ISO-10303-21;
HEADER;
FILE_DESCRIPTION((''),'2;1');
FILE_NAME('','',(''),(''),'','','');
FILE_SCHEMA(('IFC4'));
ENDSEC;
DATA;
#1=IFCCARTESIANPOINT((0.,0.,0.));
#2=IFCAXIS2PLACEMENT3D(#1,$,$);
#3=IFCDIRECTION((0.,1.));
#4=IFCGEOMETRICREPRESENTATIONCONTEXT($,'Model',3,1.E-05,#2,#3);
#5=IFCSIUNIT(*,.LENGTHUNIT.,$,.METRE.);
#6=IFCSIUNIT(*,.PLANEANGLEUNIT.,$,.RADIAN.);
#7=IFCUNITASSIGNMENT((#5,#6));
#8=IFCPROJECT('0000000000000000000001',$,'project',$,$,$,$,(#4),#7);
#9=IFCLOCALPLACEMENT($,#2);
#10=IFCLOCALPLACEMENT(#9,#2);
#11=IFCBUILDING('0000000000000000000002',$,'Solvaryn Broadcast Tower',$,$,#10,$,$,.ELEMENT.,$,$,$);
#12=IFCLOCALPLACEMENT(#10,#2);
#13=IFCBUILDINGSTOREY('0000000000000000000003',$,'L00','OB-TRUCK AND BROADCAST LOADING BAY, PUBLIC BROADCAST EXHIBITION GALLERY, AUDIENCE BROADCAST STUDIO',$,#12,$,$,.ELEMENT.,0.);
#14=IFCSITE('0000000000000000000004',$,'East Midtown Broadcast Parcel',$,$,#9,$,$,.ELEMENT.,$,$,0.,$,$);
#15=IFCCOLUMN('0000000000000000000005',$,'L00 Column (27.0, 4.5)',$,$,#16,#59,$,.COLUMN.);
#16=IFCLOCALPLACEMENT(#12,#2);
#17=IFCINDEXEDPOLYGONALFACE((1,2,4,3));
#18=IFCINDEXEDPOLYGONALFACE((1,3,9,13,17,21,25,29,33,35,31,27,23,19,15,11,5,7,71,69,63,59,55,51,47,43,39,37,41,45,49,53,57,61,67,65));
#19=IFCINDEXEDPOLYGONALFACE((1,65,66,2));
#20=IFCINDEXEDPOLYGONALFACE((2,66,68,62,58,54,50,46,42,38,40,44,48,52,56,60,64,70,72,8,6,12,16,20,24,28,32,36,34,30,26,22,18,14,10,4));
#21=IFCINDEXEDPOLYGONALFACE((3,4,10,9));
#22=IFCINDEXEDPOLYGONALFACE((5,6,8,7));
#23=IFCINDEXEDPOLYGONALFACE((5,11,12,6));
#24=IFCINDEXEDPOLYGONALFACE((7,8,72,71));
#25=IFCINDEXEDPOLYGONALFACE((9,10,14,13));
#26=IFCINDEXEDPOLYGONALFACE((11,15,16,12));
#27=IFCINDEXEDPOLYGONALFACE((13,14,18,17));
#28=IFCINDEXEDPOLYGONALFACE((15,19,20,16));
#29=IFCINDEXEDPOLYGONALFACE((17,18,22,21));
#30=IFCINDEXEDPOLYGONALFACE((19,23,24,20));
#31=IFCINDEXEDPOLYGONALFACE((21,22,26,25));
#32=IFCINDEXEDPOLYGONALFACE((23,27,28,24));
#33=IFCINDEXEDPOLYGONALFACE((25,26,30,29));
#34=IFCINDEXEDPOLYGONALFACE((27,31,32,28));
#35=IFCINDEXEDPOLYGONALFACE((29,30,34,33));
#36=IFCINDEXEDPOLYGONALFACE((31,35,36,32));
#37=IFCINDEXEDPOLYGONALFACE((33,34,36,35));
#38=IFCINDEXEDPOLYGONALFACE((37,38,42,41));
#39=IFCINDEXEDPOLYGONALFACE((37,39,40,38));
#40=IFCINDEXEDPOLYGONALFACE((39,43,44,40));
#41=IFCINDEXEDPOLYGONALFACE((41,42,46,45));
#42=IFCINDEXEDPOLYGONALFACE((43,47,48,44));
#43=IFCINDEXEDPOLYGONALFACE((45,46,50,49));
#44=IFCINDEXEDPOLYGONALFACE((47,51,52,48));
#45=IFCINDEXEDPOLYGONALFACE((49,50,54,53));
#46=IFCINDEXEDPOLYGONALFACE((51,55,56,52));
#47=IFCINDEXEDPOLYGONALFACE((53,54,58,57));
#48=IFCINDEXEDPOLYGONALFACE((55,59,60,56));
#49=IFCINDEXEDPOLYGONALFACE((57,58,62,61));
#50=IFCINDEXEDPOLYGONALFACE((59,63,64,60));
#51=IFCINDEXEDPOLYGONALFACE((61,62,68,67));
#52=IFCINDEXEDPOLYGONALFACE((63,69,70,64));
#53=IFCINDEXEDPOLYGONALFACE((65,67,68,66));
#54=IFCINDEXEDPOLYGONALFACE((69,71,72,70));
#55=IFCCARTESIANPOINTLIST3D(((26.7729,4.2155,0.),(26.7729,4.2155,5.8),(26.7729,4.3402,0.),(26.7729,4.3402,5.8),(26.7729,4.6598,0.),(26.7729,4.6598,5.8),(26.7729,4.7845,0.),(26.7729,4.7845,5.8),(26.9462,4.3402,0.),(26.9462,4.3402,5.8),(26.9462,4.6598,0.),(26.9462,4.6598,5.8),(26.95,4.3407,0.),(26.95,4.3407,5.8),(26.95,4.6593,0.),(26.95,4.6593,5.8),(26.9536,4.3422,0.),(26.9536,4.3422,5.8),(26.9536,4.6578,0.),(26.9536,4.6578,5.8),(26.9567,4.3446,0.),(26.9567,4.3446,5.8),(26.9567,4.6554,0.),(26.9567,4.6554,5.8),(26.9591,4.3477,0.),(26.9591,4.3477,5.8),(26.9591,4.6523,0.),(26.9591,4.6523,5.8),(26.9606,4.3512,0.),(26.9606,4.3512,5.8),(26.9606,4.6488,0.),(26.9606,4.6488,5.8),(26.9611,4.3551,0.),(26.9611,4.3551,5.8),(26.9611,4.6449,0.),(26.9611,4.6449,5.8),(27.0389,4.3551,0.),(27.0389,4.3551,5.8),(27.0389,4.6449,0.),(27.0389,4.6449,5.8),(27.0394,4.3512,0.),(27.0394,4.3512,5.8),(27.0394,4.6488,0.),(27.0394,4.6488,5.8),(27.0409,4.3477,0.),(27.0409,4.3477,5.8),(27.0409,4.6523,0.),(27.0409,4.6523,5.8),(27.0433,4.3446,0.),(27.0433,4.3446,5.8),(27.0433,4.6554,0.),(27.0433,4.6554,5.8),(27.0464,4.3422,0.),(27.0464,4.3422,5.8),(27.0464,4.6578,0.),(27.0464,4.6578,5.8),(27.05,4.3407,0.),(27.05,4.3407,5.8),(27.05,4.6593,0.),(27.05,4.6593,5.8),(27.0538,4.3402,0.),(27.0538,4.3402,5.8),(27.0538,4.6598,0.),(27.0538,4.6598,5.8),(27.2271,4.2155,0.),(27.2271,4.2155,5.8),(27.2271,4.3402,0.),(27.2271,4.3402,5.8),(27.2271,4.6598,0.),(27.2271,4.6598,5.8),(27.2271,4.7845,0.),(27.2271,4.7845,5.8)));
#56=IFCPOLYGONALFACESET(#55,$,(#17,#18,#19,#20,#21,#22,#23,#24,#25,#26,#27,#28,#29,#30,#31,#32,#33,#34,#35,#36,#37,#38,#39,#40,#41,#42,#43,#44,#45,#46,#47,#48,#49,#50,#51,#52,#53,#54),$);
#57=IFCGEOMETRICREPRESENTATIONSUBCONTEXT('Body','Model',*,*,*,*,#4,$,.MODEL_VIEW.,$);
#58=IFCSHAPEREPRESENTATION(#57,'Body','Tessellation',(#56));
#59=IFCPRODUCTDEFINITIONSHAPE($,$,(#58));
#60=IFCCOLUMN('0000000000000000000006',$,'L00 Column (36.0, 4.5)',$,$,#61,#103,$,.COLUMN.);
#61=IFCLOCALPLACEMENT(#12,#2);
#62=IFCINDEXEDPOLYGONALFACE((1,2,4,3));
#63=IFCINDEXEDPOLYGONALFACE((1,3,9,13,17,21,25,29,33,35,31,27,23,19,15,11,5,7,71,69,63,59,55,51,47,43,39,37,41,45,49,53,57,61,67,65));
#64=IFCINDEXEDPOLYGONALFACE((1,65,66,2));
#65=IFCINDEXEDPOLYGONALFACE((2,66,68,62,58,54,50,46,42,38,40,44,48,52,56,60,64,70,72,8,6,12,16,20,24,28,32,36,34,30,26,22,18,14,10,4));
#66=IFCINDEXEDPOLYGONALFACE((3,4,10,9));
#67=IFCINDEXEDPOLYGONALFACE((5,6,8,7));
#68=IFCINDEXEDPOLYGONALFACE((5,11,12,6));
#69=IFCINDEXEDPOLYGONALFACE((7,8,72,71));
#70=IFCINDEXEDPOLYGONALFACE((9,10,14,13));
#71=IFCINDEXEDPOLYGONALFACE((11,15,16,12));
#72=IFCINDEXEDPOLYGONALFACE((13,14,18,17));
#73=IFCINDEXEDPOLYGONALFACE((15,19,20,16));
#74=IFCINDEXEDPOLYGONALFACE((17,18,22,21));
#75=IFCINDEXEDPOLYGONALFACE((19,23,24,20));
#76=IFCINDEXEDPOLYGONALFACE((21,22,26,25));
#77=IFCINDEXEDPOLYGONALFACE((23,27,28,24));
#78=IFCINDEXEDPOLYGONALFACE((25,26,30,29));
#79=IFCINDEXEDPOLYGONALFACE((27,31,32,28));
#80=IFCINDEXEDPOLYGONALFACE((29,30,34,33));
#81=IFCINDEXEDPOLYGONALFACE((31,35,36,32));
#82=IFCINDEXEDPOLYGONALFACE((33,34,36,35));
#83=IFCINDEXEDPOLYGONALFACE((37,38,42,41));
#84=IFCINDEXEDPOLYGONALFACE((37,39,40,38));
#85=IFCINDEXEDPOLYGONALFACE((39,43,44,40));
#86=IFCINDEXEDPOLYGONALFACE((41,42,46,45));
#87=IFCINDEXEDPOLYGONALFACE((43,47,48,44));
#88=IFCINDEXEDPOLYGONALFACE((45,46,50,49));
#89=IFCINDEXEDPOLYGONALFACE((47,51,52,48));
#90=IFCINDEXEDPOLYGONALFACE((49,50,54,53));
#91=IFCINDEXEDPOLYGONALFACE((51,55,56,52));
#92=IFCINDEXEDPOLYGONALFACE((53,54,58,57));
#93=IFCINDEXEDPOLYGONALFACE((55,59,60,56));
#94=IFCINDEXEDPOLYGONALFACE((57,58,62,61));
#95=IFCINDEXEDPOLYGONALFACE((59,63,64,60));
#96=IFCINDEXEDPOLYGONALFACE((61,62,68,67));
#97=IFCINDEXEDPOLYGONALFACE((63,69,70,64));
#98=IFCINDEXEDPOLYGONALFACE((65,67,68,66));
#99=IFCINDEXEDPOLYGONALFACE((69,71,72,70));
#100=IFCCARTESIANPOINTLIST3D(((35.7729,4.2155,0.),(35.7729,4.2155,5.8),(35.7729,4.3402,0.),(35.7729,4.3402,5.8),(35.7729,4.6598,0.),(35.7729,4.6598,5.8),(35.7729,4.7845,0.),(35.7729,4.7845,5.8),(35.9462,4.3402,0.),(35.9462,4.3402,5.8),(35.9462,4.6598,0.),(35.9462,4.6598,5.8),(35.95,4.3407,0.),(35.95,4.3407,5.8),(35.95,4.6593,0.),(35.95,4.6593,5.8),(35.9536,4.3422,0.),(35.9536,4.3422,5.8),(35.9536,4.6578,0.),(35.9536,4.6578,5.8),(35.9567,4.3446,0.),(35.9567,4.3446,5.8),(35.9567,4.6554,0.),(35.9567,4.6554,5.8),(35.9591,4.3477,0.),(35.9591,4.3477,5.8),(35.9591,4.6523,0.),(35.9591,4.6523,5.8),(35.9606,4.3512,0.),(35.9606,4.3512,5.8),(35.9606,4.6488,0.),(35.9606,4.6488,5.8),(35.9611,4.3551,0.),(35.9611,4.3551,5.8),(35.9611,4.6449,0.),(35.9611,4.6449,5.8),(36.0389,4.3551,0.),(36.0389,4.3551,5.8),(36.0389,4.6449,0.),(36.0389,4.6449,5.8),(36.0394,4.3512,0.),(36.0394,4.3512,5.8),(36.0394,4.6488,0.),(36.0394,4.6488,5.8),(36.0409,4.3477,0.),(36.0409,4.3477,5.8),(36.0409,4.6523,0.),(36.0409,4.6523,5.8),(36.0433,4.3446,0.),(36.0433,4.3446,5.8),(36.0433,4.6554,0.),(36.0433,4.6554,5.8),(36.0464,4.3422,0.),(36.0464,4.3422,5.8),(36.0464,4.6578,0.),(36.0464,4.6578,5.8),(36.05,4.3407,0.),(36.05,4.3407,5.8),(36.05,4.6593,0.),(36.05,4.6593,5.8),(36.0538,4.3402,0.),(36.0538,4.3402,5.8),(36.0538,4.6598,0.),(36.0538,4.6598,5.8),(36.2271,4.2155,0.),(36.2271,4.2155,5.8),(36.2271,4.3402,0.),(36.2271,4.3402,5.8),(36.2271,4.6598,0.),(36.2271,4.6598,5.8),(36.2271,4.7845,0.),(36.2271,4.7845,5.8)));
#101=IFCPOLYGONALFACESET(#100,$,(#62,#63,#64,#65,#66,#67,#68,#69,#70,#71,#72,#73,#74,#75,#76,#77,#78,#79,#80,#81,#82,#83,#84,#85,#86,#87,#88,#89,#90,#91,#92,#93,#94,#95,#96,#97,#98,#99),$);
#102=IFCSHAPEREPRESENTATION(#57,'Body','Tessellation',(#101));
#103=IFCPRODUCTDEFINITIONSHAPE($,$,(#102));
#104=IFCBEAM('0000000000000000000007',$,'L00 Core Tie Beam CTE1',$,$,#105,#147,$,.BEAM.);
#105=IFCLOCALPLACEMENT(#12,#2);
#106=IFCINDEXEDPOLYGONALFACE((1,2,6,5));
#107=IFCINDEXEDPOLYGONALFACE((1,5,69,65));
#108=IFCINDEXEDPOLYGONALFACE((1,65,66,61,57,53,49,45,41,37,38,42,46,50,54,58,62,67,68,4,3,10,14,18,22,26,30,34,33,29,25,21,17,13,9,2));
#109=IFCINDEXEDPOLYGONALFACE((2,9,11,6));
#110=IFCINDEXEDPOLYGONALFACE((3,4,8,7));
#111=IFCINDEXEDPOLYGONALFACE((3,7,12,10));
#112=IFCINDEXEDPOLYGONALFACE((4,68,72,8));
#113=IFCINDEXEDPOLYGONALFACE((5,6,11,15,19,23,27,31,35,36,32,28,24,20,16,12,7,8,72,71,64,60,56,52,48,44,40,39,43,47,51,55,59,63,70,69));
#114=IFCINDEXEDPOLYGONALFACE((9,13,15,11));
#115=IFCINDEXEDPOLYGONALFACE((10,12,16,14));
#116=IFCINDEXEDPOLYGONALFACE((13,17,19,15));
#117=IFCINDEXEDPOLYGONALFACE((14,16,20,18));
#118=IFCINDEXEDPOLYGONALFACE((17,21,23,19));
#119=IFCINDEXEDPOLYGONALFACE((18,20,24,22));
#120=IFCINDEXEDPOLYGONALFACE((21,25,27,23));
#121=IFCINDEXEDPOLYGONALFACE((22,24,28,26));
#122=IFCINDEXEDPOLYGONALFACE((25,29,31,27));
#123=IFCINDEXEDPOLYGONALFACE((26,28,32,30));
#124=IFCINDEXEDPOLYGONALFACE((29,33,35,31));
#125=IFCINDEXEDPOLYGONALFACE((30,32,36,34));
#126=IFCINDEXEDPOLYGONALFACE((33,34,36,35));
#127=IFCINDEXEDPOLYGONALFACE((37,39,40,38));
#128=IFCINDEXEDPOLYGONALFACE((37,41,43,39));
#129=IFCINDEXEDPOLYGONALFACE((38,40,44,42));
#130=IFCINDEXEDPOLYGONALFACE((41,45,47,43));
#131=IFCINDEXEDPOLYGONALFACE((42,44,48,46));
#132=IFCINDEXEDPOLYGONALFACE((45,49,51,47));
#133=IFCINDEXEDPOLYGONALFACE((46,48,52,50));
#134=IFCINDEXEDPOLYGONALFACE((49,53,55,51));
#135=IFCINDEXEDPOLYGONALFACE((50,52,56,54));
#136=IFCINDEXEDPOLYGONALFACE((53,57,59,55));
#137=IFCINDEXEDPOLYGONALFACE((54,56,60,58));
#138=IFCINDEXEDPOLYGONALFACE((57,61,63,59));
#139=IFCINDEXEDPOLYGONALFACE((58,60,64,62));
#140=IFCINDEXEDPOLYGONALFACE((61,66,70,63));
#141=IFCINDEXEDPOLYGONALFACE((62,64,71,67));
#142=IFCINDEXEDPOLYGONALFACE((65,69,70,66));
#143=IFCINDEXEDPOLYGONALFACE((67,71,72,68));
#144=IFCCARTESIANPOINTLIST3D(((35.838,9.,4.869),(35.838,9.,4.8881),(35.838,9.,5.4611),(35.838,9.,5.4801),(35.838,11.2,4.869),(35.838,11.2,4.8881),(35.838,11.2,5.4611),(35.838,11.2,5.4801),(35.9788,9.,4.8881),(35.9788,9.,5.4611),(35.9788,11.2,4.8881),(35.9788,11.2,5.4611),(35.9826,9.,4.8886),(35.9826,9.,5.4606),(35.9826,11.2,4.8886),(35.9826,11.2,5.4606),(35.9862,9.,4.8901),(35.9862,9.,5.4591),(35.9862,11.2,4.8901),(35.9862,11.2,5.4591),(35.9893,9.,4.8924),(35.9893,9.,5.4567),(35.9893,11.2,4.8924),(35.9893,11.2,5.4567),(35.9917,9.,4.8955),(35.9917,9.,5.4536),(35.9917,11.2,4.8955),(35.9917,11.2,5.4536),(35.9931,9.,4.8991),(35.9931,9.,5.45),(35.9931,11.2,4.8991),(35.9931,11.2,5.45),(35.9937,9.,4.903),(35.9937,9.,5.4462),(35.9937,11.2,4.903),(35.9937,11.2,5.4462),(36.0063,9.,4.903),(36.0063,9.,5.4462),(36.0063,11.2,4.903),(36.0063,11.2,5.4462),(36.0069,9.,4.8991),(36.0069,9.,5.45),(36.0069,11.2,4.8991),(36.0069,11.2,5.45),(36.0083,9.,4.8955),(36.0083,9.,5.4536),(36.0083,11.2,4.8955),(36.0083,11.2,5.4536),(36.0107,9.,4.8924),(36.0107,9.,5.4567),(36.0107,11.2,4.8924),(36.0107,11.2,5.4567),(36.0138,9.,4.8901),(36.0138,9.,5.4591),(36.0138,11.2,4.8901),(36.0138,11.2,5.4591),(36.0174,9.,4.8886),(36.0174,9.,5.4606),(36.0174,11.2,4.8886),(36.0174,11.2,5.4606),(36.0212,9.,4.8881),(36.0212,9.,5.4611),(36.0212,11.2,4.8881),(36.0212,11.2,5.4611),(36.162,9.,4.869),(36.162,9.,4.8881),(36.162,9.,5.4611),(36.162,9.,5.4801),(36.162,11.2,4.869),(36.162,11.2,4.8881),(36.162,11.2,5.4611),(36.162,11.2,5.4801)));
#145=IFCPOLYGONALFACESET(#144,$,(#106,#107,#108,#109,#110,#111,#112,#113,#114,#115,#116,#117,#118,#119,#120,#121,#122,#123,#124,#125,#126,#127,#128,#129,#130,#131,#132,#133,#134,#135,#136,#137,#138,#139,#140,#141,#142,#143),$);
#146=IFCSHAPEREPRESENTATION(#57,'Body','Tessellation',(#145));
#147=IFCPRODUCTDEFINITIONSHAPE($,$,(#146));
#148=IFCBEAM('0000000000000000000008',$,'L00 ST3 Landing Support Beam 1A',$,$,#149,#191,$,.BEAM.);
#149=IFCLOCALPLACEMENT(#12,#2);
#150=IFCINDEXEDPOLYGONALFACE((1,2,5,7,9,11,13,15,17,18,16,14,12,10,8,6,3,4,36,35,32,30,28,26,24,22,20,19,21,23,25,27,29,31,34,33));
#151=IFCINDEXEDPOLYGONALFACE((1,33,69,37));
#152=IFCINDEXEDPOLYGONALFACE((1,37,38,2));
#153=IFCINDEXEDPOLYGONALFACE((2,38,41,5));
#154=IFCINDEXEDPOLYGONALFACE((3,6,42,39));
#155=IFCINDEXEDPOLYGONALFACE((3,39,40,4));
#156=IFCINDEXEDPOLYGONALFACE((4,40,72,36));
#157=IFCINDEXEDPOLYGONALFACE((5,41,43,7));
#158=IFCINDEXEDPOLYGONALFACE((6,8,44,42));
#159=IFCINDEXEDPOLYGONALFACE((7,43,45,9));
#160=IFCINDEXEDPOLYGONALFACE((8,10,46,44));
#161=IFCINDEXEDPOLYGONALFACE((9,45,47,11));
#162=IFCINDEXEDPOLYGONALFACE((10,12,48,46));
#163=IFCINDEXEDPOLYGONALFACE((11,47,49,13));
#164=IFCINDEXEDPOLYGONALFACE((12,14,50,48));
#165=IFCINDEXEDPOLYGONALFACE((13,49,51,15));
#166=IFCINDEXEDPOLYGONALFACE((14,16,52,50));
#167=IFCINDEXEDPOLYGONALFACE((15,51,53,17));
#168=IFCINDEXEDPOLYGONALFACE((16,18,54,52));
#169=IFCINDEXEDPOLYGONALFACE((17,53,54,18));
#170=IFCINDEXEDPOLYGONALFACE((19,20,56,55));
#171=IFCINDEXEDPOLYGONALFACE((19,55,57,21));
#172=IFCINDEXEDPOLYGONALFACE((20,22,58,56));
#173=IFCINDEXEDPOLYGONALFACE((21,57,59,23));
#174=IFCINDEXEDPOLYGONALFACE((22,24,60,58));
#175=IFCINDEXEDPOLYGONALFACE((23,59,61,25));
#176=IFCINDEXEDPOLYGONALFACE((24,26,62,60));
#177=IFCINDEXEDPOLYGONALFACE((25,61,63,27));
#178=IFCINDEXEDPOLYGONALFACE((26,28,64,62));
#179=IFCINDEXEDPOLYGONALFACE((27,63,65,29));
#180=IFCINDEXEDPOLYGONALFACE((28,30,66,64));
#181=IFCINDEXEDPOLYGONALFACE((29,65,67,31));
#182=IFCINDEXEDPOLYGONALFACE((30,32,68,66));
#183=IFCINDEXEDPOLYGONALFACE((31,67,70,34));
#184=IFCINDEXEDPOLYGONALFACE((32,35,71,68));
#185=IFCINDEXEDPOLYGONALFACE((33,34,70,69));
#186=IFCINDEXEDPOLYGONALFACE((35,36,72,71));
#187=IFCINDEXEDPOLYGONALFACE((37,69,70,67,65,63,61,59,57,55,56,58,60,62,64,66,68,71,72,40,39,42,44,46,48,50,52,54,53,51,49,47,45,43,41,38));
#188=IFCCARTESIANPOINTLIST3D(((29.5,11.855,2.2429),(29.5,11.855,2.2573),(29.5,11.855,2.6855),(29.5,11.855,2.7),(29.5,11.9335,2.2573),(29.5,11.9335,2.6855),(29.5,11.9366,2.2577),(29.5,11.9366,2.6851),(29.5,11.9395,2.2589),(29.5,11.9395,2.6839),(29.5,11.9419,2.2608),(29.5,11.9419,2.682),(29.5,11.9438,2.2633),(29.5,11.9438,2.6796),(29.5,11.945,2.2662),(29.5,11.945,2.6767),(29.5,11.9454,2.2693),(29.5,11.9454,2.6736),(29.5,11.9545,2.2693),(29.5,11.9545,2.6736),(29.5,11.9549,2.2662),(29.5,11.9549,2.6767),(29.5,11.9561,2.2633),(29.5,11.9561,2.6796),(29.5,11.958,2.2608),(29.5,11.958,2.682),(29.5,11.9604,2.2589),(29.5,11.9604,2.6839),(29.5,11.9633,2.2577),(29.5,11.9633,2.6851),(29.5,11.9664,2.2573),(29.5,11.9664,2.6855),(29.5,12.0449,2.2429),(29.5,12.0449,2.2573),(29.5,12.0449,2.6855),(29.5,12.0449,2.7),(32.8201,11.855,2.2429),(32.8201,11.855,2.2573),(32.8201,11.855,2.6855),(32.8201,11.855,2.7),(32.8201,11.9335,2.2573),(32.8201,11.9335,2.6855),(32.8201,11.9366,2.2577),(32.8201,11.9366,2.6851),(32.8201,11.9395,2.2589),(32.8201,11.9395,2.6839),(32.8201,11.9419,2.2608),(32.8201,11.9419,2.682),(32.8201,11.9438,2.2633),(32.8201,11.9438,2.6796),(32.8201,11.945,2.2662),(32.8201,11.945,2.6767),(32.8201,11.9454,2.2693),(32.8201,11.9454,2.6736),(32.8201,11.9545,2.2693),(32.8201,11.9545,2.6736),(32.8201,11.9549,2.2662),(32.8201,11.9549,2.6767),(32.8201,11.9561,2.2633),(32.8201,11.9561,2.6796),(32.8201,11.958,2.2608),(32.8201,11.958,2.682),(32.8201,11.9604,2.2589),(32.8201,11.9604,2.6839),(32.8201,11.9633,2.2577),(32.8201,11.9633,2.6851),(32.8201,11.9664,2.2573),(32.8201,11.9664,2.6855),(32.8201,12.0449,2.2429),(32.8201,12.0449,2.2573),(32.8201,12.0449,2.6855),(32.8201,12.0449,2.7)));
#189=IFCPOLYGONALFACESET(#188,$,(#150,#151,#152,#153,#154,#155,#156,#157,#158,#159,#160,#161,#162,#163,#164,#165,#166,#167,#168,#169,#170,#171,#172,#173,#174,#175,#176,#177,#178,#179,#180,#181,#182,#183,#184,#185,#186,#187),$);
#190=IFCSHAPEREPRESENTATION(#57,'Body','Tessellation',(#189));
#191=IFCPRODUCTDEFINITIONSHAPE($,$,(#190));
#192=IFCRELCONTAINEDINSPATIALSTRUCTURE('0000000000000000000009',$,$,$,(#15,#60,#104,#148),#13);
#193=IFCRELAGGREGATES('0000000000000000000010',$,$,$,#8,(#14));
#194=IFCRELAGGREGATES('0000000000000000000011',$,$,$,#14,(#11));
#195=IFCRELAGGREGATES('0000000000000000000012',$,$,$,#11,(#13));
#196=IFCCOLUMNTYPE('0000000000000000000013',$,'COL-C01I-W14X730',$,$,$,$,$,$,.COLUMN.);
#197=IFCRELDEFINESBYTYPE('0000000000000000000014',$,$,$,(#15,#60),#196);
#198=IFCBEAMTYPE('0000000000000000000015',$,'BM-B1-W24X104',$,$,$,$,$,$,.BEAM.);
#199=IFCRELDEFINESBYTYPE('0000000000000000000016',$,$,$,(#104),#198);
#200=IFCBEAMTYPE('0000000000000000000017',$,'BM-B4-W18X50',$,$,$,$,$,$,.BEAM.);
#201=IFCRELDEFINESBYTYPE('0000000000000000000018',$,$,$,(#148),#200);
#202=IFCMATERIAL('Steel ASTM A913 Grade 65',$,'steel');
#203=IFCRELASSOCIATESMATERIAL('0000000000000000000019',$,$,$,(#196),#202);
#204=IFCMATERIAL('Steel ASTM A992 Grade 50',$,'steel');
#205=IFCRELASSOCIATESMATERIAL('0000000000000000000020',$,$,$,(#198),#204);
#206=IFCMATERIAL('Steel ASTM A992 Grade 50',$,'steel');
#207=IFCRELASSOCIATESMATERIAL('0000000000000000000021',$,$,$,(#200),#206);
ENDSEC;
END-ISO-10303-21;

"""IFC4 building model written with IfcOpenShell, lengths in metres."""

from ifc_helpers import new_model, si_unit, direction, frame, origin, origin_2d, place, context, subcontext, project, spatial, i_section, extrude, material, material_profile, profile_set, type_object, element, save


model = new_model("IFC4")

# Units and contexts
model_context = context("Model", 3, precision=1e-05, world=origin(), true_north=direction((0.0, 1.0)))
body_context = subcontext(model_context, "Body", "Model", "MODEL_VIEW")
ifc_project = project(units=[si_unit("LENGTHUNIT", "METRE"), si_unit("PLANEANGLEUNIT", "RADIAN")], contexts=[model_context])

# Site, building, storey
site_placement = place(None, origin())
site = spatial("IfcSite", under=ifc_project, at=site_placement, Name="East Midtown Broadcast Parcel", CompositionType="ELEMENT", RefElevation=0.0)
building_placement = place(site_placement, origin())
building = spatial("IfcBuilding", under=site, at=building_placement, Name="Solvaryn Broadcast Tower", CompositionType="ELEMENT")
storey_placement = place(building_placement, origin())
storey = spatial("IfcBuildingStorey", under=building, at=storey_placement, Name="L00", Description="OB-TRUCK AND BROADCAST LOADING BAY, PUBLIC BROADCAST EXHIBITION GALLERY, AUDIENCE BROADCAST STUDIO", CompositionType="ELEMENT", Elevation=0.0)

# Columns
ifc_material_1 = material(Name="Steel ASTM A913 Grade 65", Category="steel")
ifc_material_profile_1 = material_profile(ifc_material_1, i_section(OverallWidth=0.4541, OverallDepth=0.5691, WebThickness=0.0779, FlangeThickness=0.1248, FilletRadius=0.0149, at=origin_2d()))
ifc_profile_set_1 = profile_set([ifc_material_profile_1], Name="Steel ASTM A913 Grade 65")
column_type_1 = type_object("IfcColumnType", Name="COL-C01I-W14X730", PredefinedType="COLUMN", material=ifc_profile_set_1)
for number, where, z_axis, x_axis, name in (
    (1, (27.0, 4.5, 0.0), (0.0, 0.0, 1.0), (1.0, 0.0, 0.0), "L00 Column (27.0, 4.5)"),
    (2, (36.0, 4.5, 0.0), (0.0, 0.0, 1.0), (1.0, 0.0, 0.0), "L00 Column (36.0, 4.5)"),
):
    element("IfcColumn", number, at=place(storey_placement, frame(where, z_axis=z_axis, x_axis=x_axis)), inside=storey, type_object=column_type_1, Name=name, PredefinedType="COLUMN", context=body_context, shape_type="SweptSolid", body=[
        extrude(i_section(OverallWidth=0.4541, OverallDepth=0.5691, WebThickness=0.0779, FlangeThickness=0.1248, FilletRadius=0.0149, at=origin_2d()), origin(), (0.0, 0.0, 1.0), 5.8),
    ])

# Beams
ifc_material_2 = material(Name="Steel ASTM A992 Grade 50", Category="steel")
ifc_material_profile_2 = material_profile(ifc_material_2, i_section(OverallWidth=0.324, OverallDepth=0.6111, WebThickness=0.0127, FlangeThickness=0.019, FilletRadius=0.0149, at=origin_2d()))
ifc_profile_set_2 = profile_set([ifc_material_profile_2], Name="Steel ASTM A992 Grade 50")
beam_type_1 = type_object("IfcBeamType", Name="BM-B1-W24X104", PredefinedType="BEAM", material=ifc_profile_set_2)
beam_1_placement = place(storey_placement, frame((36.0, 9.0, 5.1746), z_axis=(0.0, 1.0, 0.0), x_axis=(-1.0, 0.0, 0.0)))
element("IfcBeam", 3, at=beam_1_placement, inside=storey, type_object=beam_type_1, Name="L00 Core Tie Beam CTE1", PredefinedType="BEAM", context=body_context, shape_type="SweptSolid", body=[
    extrude(i_section(OverallWidth=0.324, OverallDepth=0.6111, WebThickness=0.0127, FlangeThickness=0.019, FilletRadius=0.0149, at=origin_2d()), origin(), (0.0, 0.0, 1.0), 2.2),
])
ifc_material_3 = material(Name="Steel ASTM A992 Grade 50", Category="steel")
ifc_material_profile_3 = material_profile(ifc_material_3, i_section(OverallWidth=0.1899, OverallDepth=0.457, WebThickness=0.009, FlangeThickness=0.0144, FilletRadius=0.012, at=origin_2d()))
ifc_profile_set_3 = profile_set([ifc_material_profile_3], Name="Steel ASTM A992 Grade 50")
beam_type_2 = type_object("IfcBeamType", Name="BM-B4-W18X50", PredefinedType="BEAM", material=ifc_profile_set_3)
beam_2_placement = place(storey_placement, frame((29.5, 11.95, 2.4714), z_axis=(1.0, 0.0, 0.0), x_axis=(0.0, 1.0, 0.0)))
element("IfcBeam", 4, at=beam_2_placement, inside=storey, type_object=beam_type_2, Name="L00 ST3 Landing Support Beam 1A", PredefinedType="BEAM", context=body_context, shape_type="SweptSolid", body=[
    extrude(i_section(OverallWidth=0.1899, OverallDepth=0.457, WebThickness=0.009, FlangeThickness=0.0144, FilletRadius=0.012, at=origin_2d()), origin(), (0.0, 0.0, 1.0), 3.3201),
])

save(model, "model.ifc")
